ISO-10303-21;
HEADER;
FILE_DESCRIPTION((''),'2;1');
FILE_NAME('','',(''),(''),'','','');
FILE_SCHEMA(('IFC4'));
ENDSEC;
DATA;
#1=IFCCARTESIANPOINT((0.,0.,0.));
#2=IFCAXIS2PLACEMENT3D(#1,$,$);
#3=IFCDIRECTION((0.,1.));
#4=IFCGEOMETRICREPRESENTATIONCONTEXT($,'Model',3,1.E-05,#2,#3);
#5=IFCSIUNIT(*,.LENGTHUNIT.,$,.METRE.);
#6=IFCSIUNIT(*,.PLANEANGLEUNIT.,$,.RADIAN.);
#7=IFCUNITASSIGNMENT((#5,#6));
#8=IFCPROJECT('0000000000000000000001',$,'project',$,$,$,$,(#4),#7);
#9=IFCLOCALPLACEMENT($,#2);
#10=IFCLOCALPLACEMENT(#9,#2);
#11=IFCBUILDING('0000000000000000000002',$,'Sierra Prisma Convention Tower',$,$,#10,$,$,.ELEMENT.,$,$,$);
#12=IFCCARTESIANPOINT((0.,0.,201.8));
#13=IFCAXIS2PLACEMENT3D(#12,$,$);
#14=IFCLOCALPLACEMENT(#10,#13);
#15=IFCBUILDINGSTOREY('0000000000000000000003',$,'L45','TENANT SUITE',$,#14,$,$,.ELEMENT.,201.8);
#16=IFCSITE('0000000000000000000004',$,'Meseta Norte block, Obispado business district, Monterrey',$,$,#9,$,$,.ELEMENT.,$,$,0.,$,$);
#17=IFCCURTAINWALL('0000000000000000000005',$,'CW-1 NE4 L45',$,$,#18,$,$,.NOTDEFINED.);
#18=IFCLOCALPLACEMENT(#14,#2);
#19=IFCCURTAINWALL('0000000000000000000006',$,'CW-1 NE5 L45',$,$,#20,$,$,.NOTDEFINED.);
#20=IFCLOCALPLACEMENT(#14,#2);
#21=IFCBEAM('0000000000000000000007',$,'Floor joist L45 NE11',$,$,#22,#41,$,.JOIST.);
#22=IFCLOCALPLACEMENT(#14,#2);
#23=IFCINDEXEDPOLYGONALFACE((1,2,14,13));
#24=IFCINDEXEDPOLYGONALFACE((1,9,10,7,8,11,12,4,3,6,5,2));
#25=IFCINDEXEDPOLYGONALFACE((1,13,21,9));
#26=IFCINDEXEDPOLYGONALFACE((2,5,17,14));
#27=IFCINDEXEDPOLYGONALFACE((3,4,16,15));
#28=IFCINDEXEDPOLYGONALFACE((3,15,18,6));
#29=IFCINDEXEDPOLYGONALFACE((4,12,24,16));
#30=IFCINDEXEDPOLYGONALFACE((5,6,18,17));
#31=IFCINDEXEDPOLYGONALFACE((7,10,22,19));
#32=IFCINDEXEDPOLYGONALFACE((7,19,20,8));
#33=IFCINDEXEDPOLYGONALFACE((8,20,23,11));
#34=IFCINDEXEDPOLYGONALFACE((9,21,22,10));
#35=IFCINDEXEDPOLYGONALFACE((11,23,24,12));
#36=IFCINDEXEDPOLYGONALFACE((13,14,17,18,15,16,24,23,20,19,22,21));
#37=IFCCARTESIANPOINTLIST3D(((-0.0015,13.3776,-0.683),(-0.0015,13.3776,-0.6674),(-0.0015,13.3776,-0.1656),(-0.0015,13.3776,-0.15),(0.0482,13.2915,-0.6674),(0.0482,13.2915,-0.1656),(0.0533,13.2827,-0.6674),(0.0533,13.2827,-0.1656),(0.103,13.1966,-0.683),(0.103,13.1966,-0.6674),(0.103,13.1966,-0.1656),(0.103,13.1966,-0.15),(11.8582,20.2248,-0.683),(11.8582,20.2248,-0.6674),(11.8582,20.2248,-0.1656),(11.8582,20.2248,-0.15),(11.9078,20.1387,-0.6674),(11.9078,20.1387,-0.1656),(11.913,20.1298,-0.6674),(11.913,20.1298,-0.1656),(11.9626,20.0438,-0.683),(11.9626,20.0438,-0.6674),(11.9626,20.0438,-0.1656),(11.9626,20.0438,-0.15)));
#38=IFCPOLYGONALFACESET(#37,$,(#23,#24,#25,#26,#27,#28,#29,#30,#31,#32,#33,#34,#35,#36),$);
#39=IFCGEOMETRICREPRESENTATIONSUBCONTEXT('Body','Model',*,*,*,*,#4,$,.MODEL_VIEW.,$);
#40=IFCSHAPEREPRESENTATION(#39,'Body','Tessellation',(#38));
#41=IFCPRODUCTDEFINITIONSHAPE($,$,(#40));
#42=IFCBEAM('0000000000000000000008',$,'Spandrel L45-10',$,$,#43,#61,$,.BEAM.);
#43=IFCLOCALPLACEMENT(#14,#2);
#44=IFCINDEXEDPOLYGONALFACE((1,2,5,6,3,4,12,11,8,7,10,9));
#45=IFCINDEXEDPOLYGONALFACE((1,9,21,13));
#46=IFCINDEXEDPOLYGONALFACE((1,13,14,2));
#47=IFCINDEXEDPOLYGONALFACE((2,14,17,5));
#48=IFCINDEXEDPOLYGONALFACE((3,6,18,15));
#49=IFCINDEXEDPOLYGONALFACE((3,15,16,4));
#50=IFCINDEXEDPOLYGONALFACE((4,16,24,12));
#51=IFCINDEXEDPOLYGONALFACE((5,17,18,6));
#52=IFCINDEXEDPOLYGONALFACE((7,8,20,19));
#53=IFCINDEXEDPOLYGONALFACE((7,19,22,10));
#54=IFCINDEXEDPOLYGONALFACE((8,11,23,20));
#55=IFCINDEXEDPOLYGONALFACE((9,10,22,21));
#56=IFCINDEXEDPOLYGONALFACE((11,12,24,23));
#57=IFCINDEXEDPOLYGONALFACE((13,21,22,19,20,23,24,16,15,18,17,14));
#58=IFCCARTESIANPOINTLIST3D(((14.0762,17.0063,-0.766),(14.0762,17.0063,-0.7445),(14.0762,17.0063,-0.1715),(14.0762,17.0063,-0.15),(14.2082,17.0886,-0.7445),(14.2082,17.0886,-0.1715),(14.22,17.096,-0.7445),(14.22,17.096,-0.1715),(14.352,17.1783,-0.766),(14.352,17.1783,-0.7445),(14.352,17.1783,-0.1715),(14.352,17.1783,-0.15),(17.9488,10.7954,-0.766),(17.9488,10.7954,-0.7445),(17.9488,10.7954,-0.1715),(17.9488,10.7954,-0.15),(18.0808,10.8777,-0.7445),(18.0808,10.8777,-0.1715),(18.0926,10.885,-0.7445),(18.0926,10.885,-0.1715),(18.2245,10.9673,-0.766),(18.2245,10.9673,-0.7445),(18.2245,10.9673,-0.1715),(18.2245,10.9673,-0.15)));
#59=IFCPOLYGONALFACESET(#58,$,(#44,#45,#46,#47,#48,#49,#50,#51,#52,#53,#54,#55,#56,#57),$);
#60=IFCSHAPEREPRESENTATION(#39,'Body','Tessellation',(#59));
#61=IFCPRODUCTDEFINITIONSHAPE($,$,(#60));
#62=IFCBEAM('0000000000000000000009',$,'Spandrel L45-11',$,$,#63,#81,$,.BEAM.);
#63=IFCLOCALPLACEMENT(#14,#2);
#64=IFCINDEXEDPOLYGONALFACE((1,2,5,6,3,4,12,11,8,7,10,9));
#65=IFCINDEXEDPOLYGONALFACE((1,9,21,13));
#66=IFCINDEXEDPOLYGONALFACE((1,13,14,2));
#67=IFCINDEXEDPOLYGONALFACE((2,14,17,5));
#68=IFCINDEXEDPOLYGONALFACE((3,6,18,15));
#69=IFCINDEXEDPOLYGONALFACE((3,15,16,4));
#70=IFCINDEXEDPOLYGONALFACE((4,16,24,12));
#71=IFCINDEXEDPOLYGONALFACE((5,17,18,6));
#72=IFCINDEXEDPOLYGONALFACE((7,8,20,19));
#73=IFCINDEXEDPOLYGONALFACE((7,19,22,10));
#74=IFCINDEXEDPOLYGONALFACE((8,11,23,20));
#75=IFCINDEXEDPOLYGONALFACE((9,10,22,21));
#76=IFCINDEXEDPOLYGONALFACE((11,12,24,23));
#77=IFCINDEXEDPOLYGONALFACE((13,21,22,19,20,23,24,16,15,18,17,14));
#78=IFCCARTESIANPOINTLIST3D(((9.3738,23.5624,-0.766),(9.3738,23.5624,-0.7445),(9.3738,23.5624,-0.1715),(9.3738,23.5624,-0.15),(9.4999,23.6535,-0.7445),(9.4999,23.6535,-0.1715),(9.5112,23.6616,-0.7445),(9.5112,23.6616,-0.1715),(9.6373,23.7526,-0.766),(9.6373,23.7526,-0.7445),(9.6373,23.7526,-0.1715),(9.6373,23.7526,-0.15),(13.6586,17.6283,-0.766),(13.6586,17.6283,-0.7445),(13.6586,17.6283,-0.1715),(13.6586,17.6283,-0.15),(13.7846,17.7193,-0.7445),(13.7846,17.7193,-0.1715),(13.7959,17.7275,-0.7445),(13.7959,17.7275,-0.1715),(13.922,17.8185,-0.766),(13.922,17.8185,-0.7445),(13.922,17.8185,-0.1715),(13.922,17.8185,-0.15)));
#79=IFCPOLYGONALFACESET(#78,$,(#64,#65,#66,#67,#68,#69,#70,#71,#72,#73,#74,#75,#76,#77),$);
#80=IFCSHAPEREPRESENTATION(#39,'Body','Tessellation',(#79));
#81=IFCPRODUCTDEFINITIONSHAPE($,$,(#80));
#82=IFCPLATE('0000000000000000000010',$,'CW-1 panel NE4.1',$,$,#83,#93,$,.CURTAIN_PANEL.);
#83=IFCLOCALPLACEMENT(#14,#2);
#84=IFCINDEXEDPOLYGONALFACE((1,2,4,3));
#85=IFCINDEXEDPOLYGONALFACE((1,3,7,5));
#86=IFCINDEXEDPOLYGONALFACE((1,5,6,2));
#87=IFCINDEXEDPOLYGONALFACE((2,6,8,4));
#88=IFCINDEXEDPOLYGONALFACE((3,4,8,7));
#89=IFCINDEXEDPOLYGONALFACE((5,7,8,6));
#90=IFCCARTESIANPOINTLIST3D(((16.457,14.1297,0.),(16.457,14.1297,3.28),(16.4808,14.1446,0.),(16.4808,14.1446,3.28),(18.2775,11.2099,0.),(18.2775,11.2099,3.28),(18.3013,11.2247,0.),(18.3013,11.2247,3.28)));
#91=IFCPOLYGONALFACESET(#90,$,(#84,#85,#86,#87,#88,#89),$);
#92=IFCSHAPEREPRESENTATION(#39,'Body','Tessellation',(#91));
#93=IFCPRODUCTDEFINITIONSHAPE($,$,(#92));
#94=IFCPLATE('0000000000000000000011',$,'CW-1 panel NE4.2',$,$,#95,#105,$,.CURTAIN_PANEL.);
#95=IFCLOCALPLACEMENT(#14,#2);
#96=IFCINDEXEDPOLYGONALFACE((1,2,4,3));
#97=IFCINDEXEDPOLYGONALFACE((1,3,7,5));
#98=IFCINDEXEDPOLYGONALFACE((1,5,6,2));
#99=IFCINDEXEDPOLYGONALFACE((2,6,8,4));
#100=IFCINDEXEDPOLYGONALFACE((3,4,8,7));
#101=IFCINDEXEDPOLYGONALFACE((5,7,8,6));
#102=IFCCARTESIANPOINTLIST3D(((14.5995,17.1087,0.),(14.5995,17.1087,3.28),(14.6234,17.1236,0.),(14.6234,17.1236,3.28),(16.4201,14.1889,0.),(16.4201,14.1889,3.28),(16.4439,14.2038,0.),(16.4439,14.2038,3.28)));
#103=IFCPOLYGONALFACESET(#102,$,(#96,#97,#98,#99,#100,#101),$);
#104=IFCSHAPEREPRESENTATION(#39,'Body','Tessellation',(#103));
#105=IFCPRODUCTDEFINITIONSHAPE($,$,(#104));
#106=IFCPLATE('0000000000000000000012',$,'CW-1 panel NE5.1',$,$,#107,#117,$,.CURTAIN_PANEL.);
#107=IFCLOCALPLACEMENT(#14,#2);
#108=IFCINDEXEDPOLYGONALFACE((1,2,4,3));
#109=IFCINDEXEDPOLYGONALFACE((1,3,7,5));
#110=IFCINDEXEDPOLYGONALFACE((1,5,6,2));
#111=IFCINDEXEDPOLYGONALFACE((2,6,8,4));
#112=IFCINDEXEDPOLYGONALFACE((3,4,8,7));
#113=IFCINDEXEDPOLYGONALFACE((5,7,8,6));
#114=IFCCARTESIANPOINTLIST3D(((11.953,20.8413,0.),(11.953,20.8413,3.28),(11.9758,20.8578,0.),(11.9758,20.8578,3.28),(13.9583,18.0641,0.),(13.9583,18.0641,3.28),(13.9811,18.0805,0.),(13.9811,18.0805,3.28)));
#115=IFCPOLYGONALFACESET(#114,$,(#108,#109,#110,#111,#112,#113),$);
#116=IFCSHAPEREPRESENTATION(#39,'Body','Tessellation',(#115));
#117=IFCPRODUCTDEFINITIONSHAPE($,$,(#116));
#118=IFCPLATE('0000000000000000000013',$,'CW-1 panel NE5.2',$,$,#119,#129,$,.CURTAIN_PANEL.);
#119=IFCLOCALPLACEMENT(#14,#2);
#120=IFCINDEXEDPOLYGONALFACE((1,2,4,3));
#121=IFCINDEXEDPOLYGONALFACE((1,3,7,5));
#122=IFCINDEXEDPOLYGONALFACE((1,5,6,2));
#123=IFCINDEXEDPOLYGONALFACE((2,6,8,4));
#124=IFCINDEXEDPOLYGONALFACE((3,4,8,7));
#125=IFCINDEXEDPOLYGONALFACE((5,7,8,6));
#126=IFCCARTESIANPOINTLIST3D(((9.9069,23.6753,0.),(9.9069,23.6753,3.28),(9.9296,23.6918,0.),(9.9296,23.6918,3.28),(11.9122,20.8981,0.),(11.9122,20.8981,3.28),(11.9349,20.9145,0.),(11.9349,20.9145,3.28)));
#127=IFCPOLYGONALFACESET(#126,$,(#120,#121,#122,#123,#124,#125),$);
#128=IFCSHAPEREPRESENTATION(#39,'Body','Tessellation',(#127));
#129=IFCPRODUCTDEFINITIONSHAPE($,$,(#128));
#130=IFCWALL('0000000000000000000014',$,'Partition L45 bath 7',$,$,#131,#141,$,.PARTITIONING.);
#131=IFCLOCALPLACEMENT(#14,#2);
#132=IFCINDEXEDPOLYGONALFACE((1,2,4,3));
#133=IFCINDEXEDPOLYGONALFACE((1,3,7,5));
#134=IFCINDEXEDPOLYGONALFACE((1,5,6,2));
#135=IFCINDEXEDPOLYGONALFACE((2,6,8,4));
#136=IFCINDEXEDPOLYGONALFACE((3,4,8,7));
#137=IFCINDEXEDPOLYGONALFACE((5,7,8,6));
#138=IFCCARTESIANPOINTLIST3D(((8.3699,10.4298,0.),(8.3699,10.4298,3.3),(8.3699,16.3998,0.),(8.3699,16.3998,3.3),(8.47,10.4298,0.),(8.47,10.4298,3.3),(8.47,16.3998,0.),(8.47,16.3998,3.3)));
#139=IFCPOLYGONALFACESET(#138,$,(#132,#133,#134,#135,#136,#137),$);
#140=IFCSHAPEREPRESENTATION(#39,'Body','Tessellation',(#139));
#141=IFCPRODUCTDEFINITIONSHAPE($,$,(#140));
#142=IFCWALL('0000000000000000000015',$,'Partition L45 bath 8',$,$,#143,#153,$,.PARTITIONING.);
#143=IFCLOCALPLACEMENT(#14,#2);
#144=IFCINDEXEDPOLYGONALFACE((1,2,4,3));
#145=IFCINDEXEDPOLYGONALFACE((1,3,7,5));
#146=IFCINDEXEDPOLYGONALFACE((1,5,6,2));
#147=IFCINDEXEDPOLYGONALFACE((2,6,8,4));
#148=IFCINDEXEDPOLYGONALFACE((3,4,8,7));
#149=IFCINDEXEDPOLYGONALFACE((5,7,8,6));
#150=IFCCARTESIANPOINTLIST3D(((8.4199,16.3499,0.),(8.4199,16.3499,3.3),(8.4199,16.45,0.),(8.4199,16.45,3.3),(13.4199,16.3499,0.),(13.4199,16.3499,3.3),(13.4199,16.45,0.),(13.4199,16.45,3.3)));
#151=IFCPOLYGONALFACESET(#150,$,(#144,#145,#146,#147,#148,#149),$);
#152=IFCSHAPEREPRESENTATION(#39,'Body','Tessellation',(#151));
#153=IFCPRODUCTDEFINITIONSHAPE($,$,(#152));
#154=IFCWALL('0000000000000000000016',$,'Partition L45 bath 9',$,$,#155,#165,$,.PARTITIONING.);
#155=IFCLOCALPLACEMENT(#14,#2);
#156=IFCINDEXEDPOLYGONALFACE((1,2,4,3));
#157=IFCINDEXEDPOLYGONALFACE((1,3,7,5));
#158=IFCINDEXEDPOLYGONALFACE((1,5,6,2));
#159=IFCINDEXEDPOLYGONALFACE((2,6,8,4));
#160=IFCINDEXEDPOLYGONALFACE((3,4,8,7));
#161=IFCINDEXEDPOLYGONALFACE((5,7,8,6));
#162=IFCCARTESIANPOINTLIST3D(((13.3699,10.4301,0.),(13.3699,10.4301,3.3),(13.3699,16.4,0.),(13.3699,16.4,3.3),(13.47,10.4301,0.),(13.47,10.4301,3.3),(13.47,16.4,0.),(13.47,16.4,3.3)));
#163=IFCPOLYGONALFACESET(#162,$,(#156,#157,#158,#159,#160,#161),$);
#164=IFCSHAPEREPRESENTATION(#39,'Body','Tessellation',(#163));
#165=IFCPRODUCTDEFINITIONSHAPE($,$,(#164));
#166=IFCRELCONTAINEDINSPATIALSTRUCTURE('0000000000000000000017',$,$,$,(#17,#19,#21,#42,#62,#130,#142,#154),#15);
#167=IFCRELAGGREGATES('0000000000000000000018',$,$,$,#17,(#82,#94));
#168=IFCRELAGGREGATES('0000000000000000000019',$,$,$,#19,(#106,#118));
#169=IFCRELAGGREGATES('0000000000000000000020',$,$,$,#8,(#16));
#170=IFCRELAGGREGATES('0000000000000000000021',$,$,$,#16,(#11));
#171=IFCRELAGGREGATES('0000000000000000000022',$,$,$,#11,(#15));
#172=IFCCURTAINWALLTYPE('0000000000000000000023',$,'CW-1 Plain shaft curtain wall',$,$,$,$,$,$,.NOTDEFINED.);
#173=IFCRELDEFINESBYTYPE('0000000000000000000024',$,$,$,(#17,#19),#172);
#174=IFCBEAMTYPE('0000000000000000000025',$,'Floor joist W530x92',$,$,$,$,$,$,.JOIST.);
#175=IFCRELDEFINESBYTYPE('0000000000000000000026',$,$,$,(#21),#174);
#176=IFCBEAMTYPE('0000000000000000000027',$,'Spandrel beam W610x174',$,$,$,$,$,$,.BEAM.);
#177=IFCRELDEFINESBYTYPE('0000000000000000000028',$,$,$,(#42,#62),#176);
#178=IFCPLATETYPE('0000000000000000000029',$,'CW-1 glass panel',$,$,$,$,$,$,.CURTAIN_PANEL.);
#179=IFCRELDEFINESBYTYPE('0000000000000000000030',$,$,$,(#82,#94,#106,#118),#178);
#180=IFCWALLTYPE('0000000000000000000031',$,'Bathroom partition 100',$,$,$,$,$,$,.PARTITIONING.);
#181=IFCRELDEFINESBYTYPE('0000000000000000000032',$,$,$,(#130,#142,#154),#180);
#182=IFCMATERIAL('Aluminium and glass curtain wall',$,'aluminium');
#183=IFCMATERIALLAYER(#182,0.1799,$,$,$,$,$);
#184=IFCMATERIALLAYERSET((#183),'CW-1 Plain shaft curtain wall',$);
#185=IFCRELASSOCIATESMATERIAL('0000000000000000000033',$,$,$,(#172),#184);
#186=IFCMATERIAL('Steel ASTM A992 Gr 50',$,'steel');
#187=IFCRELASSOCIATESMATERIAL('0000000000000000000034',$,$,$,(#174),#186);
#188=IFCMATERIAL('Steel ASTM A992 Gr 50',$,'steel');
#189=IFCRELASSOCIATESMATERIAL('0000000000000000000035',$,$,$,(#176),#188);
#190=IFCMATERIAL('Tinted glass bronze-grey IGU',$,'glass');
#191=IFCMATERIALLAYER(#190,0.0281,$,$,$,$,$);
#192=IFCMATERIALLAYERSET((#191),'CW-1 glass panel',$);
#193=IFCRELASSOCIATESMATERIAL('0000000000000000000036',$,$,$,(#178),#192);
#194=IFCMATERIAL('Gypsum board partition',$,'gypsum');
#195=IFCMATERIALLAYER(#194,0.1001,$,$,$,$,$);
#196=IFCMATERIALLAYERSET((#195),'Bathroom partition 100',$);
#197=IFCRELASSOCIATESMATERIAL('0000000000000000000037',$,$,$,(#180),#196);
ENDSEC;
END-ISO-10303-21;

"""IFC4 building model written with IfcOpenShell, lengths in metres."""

from ifc_helpers import new_model, si_unit, direction, frame, frame_2d, origin, origin_2d, place, context, subcontext, project, spatial, rectangle, i_section, extrude, material, layer, layer_set, material_profile, profile_set, type_object, element, aggregate, save


model = new_model("IFC4")

# Units and contexts
model_context = context("Model", 3, precision=1e-05, world=origin(), true_north=direction((0.0, 1.0)))
body_context = subcontext(model_context, "Body", "Model", "MODEL_VIEW")
ifc_project = project(units=[si_unit("LENGTHUNIT", "METRE"), si_unit("PLANEANGLEUNIT", "RADIAN")], contexts=[model_context])

# Site, building, storey
site_placement = place(None, origin())
site = spatial("IfcSite", under=ifc_project, at=site_placement, Name="Meseta Norte block, Obispado business district, Monterrey", CompositionType="ELEMENT", RefElevation=0.0)
building_placement = place(site_placement, origin())
building = spatial("IfcBuilding", under=site, at=building_placement, Name="Sierra Prisma Convention Tower", CompositionType="ELEMENT")
storey_placement = place(building_placement, frame((0.0, 0.0, 201.8)))
storey = spatial("IfcBuildingStorey", under=building, at=storey_placement, Name="L45", Description="TENANT SUITE", CompositionType="ELEMENT", Elevation=201.8)

# Curtain wall
ifc_material_1 = material(Name="Aluminium and glass curtain wall", Category="aluminium")
ifc_layer_1 = layer(ifc_material_1, 0.1799)
ifc_layer_set_1 = layer_set([ifc_layer_1], Name="CW-1 Plain shaft curtain wall")
curtain_wall_type = type_object("IfcCurtainWallType", Name="CW-1 Plain shaft curtain wall", PredefinedType="NOTDEFINED", material=ifc_layer_set_1)
curtain_wall_1_placement = place(storey_placement, origin())
curtain_wall_1 = element("IfcCurtainWall", 1, at=curtain_wall_1_placement, inside=storey, type_object=curtain_wall_type, Name="CW-1 NE4 L45", PredefinedType="NOTDEFINED")

# Curtain wall
curtain_wall_2_placement = place(storey_placement, origin())
curtain_wall_2 = element("IfcCurtainWall", 2, at=curtain_wall_2_placement, inside=storey, type_object=curtain_wall_type, Name="CW-1 NE5 L45", PredefinedType="NOTDEFINED")

# Beams
ifc_material_2 = material(Name="Steel ASTM A992 Gr 50", Category="steel")
ifc_material_profile_1 = material_profile(ifc_material_2, i_section(OverallWidth=0.209, OverallDepth=0.533, WebThickness=0.0103, FlangeThickness=0.0156, at=origin_2d()), Name="W530x92")
ifc_profile_set_1 = profile_set([ifc_material_profile_1], Name="Steel ASTM A992 Gr 50")
beam_type_1 = type_object("IfcBeamType", Name="Floor joist W530x92", PredefinedType="JOIST", material=ifc_profile_set_1)
beam_1_placement = place(storey_placement, frame((11.9104, 20.1343, -0.4165), z_axis=(-0.866025, -0.500001, 0.0), x_axis=(0.500001, -0.866025, 0.0)))
element("IfcBeam", 3, at=beam_1_placement, inside=storey, type_object=beam_type_1, Name="Floor joist L45 NE11", PredefinedType="JOIST", context=body_context, shape_type="SweptSolid", body=[
    extrude(i_section(OverallWidth=0.209, OverallDepth=0.533, WebThickness=0.0103, FlangeThickness=0.0156, at=origin_2d()), origin(), (0.0, 0.0, 1.0), 13.6943),
])
ifc_material_3 = material(Name="Steel ASTM A992 Gr 50", Category="steel")
ifc_material_profile_2 = material_profile(ifc_material_3, i_section(OverallWidth=0.325, OverallDepth=0.616, WebThickness=0.0139, FlangeThickness=0.0215, at=origin_2d()), Name="W610x174")
ifc_profile_set_2 = profile_set([ifc_material_profile_2], Name="Steel ASTM A992 Gr 50")
beam_type_2 = type_object("IfcBeamType", Name="Spandrel beam W610x174", PredefinedType="BEAM", material=ifc_profile_set_2)
for number, where, z_axis, x_axis, name in (
    (4, (18.0867, 10.8813, -0.458), (-0.529087, 0.848567, 0.0), (-0.848567, -0.529087, 0.0), "Spandrel L45-10"),
    (5, (13.7903, 17.7234, -0.458), (-0.585396, 0.810748, 0.0), (-0.810748, -0.585396, 0.0), "Spandrel L45-11"),
):
    element("IfcBeam", number, at=place(storey_placement, frame(where, z_axis=z_axis, x_axis=x_axis)), inside=storey, type_object=beam_type_2, Name=name, PredefinedType="BEAM", context=body_context, shape_type="SweptSolid", body=[
        extrude(i_section(OverallWidth=0.325, OverallDepth=0.616, WebThickness=0.0139, FlangeThickness=0.0215, at=origin_2d()), origin(), (0.0, 0.0, 1.0), 7.3193),
    ])

# Plates
ifc_material_4 = material(Name="Tinted glass bronze-grey IGU", Category="glass")
ifc_layer_2 = layer(ifc_material_4, 0.0281)
ifc_layer_set_2 = layer_set([ifc_layer_2], Name="CW-1 glass panel")
plate_type = type_object("IfcPlateType", Name="CW-1 glass panel", PredefinedType="CURTAIN_PANEL", material=ifc_layer_set_2)
plate_1_placement = place(storey_placement, frame((17.3792, 12.6772, 0.0), z_axis=(0.0, 0.0, 1.0), x_axis=(-0.529086, 0.848568, 0.0)))
plate_1 = element("IfcPlate", 6, at=plate_1_placement, type_object=plate_type, Name="CW-1 panel NE4.1", PredefinedType="CURTAIN_PANEL", context=body_context, shape_type="SweptSolid", body=[
    extrude(rectangle(XDim=3.4409, YDim=0.0281, at=origin_2d()), origin(), (0.0, 0.0, 1.0), 3.28),
])
plate_2_placement = place(storey_placement, frame((15.5217, 15.6562, 0.0), z_axis=(0.0, 0.0, 1.0), x_axis=(-0.529086, 0.848568, 0.0)))
plate_2 = element("IfcPlate", 7, at=plate_2_placement, type_object=plate_type, Name="CW-1 panel NE4.2", PredefinedType="CURTAIN_PANEL", context=body_context, shape_type="SweptSolid", body=[
    extrude(rectangle(XDim=3.4409, YDim=0.0281, at=origin_2d()), origin(), (0.0, 0.0, 1.0), 3.28),
])
aggregate(curtain_wall_1, [plate_1, plate_2])
plate_3_placement = place(storey_placement, frame((12.967, 19.4609, 0.0), z_axis=(0.0, 0.0, 1.0), x_axis=(-0.585399, 0.810745, 0.0)))
plate_3 = element("IfcPlate", 8, at=plate_3_placement, type_object=plate_type, Name="CW-1 panel NE5.1", PredefinedType="CURTAIN_PANEL", context=body_context, shape_type="SweptSolid", body=[
    extrude(rectangle(XDim=3.4255, YDim=0.0281, at=origin_2d()), origin(), (0.0, 0.0, 1.0), 3.28),
])
plate_4_placement = place(storey_placement, frame((10.9209, 22.2949, 0.0), z_axis=(0.0, 0.0, 1.0), x_axis=(-0.585399, 0.810745, 0.0)))
plate_4 = element("IfcPlate", 9, at=plate_4_placement, type_object=plate_type, Name="CW-1 panel NE5.2", PredefinedType="CURTAIN_PANEL", context=body_context, shape_type="SweptSolid", body=[
    extrude(rectangle(XDim=3.4255, YDim=0.0281, at=origin_2d()), origin(), (0.0, 0.0, 1.0), 3.28),
])
aggregate(curtain_wall_2, [plate_3, plate_4])

# Walls
ifc_material_5 = material(Name="Gypsum board partition", Category="gypsum")
ifc_layer_3 = layer(ifc_material_5, 0.1001)
ifc_layer_set_3 = layer_set([ifc_layer_3], Name="Bathroom partition 100")
wall_type_1 = type_object("IfcWallType", Name="Bathroom partition 100", PredefinedType="PARTITIONING", material=ifc_layer_set_3)
wall_1_placement = place(storey_placement, frame((8.4199, 10.4299, 0.0), z_axis=(0.0, 0.0, 1.0), x_axis=(0.0, 1.0, 0.0)))
element("IfcWall", 10, at=wall_1_placement, inside=storey, type_object=wall_type_1, Name="Partition L45 bath 7", PredefinedType="PARTITIONING", context=body_context, shape_type="SweptSolid", body=[
    extrude(rectangle(XDim=5.97, YDim=0.1001, at=frame_2d((2.9849, 0.0))), origin(), (0.0, 0.0, 1.0), 3.3),
])
wall_2_placement = place(storey_placement, frame((8.4199, 16.3999, 0.0), z_axis=(0.0, 0.0, 1.0), x_axis=(1.0, 0.0, 0.0)))
element("IfcWall", 11, at=wall_2_placement, inside=storey, type_object=wall_type_1, Name="Partition L45 bath 8", PredefinedType="PARTITIONING", context=body_context, shape_type="SweptSolid", body=[
    extrude(rectangle(XDim=5.0, YDim=0.1001, at=frame_2d((2.5, 0.0))), origin(), (0.0, 0.0, 1.0), 3.3),
])
wall_3_placement = place(storey_placement, frame((13.4199, 16.3999, 0.0), z_axis=(0.0, 0.0, 1.0), x_axis=(0.0, -1.0, 0.0)))
element("IfcWall", 12, at=wall_3_placement, inside=storey, type_object=wall_type_1, Name="Partition L45 bath 9", PredefinedType="PARTITIONING", context=body_context, shape_type="SweptSolid", body=[
    extrude(rectangle(XDim=5.97, YDim=0.1001, at=frame_2d((2.9849, 0.0))), origin(), (0.0, 0.0, 1.0), 3.3),
])

save(model, "model.ifc")
